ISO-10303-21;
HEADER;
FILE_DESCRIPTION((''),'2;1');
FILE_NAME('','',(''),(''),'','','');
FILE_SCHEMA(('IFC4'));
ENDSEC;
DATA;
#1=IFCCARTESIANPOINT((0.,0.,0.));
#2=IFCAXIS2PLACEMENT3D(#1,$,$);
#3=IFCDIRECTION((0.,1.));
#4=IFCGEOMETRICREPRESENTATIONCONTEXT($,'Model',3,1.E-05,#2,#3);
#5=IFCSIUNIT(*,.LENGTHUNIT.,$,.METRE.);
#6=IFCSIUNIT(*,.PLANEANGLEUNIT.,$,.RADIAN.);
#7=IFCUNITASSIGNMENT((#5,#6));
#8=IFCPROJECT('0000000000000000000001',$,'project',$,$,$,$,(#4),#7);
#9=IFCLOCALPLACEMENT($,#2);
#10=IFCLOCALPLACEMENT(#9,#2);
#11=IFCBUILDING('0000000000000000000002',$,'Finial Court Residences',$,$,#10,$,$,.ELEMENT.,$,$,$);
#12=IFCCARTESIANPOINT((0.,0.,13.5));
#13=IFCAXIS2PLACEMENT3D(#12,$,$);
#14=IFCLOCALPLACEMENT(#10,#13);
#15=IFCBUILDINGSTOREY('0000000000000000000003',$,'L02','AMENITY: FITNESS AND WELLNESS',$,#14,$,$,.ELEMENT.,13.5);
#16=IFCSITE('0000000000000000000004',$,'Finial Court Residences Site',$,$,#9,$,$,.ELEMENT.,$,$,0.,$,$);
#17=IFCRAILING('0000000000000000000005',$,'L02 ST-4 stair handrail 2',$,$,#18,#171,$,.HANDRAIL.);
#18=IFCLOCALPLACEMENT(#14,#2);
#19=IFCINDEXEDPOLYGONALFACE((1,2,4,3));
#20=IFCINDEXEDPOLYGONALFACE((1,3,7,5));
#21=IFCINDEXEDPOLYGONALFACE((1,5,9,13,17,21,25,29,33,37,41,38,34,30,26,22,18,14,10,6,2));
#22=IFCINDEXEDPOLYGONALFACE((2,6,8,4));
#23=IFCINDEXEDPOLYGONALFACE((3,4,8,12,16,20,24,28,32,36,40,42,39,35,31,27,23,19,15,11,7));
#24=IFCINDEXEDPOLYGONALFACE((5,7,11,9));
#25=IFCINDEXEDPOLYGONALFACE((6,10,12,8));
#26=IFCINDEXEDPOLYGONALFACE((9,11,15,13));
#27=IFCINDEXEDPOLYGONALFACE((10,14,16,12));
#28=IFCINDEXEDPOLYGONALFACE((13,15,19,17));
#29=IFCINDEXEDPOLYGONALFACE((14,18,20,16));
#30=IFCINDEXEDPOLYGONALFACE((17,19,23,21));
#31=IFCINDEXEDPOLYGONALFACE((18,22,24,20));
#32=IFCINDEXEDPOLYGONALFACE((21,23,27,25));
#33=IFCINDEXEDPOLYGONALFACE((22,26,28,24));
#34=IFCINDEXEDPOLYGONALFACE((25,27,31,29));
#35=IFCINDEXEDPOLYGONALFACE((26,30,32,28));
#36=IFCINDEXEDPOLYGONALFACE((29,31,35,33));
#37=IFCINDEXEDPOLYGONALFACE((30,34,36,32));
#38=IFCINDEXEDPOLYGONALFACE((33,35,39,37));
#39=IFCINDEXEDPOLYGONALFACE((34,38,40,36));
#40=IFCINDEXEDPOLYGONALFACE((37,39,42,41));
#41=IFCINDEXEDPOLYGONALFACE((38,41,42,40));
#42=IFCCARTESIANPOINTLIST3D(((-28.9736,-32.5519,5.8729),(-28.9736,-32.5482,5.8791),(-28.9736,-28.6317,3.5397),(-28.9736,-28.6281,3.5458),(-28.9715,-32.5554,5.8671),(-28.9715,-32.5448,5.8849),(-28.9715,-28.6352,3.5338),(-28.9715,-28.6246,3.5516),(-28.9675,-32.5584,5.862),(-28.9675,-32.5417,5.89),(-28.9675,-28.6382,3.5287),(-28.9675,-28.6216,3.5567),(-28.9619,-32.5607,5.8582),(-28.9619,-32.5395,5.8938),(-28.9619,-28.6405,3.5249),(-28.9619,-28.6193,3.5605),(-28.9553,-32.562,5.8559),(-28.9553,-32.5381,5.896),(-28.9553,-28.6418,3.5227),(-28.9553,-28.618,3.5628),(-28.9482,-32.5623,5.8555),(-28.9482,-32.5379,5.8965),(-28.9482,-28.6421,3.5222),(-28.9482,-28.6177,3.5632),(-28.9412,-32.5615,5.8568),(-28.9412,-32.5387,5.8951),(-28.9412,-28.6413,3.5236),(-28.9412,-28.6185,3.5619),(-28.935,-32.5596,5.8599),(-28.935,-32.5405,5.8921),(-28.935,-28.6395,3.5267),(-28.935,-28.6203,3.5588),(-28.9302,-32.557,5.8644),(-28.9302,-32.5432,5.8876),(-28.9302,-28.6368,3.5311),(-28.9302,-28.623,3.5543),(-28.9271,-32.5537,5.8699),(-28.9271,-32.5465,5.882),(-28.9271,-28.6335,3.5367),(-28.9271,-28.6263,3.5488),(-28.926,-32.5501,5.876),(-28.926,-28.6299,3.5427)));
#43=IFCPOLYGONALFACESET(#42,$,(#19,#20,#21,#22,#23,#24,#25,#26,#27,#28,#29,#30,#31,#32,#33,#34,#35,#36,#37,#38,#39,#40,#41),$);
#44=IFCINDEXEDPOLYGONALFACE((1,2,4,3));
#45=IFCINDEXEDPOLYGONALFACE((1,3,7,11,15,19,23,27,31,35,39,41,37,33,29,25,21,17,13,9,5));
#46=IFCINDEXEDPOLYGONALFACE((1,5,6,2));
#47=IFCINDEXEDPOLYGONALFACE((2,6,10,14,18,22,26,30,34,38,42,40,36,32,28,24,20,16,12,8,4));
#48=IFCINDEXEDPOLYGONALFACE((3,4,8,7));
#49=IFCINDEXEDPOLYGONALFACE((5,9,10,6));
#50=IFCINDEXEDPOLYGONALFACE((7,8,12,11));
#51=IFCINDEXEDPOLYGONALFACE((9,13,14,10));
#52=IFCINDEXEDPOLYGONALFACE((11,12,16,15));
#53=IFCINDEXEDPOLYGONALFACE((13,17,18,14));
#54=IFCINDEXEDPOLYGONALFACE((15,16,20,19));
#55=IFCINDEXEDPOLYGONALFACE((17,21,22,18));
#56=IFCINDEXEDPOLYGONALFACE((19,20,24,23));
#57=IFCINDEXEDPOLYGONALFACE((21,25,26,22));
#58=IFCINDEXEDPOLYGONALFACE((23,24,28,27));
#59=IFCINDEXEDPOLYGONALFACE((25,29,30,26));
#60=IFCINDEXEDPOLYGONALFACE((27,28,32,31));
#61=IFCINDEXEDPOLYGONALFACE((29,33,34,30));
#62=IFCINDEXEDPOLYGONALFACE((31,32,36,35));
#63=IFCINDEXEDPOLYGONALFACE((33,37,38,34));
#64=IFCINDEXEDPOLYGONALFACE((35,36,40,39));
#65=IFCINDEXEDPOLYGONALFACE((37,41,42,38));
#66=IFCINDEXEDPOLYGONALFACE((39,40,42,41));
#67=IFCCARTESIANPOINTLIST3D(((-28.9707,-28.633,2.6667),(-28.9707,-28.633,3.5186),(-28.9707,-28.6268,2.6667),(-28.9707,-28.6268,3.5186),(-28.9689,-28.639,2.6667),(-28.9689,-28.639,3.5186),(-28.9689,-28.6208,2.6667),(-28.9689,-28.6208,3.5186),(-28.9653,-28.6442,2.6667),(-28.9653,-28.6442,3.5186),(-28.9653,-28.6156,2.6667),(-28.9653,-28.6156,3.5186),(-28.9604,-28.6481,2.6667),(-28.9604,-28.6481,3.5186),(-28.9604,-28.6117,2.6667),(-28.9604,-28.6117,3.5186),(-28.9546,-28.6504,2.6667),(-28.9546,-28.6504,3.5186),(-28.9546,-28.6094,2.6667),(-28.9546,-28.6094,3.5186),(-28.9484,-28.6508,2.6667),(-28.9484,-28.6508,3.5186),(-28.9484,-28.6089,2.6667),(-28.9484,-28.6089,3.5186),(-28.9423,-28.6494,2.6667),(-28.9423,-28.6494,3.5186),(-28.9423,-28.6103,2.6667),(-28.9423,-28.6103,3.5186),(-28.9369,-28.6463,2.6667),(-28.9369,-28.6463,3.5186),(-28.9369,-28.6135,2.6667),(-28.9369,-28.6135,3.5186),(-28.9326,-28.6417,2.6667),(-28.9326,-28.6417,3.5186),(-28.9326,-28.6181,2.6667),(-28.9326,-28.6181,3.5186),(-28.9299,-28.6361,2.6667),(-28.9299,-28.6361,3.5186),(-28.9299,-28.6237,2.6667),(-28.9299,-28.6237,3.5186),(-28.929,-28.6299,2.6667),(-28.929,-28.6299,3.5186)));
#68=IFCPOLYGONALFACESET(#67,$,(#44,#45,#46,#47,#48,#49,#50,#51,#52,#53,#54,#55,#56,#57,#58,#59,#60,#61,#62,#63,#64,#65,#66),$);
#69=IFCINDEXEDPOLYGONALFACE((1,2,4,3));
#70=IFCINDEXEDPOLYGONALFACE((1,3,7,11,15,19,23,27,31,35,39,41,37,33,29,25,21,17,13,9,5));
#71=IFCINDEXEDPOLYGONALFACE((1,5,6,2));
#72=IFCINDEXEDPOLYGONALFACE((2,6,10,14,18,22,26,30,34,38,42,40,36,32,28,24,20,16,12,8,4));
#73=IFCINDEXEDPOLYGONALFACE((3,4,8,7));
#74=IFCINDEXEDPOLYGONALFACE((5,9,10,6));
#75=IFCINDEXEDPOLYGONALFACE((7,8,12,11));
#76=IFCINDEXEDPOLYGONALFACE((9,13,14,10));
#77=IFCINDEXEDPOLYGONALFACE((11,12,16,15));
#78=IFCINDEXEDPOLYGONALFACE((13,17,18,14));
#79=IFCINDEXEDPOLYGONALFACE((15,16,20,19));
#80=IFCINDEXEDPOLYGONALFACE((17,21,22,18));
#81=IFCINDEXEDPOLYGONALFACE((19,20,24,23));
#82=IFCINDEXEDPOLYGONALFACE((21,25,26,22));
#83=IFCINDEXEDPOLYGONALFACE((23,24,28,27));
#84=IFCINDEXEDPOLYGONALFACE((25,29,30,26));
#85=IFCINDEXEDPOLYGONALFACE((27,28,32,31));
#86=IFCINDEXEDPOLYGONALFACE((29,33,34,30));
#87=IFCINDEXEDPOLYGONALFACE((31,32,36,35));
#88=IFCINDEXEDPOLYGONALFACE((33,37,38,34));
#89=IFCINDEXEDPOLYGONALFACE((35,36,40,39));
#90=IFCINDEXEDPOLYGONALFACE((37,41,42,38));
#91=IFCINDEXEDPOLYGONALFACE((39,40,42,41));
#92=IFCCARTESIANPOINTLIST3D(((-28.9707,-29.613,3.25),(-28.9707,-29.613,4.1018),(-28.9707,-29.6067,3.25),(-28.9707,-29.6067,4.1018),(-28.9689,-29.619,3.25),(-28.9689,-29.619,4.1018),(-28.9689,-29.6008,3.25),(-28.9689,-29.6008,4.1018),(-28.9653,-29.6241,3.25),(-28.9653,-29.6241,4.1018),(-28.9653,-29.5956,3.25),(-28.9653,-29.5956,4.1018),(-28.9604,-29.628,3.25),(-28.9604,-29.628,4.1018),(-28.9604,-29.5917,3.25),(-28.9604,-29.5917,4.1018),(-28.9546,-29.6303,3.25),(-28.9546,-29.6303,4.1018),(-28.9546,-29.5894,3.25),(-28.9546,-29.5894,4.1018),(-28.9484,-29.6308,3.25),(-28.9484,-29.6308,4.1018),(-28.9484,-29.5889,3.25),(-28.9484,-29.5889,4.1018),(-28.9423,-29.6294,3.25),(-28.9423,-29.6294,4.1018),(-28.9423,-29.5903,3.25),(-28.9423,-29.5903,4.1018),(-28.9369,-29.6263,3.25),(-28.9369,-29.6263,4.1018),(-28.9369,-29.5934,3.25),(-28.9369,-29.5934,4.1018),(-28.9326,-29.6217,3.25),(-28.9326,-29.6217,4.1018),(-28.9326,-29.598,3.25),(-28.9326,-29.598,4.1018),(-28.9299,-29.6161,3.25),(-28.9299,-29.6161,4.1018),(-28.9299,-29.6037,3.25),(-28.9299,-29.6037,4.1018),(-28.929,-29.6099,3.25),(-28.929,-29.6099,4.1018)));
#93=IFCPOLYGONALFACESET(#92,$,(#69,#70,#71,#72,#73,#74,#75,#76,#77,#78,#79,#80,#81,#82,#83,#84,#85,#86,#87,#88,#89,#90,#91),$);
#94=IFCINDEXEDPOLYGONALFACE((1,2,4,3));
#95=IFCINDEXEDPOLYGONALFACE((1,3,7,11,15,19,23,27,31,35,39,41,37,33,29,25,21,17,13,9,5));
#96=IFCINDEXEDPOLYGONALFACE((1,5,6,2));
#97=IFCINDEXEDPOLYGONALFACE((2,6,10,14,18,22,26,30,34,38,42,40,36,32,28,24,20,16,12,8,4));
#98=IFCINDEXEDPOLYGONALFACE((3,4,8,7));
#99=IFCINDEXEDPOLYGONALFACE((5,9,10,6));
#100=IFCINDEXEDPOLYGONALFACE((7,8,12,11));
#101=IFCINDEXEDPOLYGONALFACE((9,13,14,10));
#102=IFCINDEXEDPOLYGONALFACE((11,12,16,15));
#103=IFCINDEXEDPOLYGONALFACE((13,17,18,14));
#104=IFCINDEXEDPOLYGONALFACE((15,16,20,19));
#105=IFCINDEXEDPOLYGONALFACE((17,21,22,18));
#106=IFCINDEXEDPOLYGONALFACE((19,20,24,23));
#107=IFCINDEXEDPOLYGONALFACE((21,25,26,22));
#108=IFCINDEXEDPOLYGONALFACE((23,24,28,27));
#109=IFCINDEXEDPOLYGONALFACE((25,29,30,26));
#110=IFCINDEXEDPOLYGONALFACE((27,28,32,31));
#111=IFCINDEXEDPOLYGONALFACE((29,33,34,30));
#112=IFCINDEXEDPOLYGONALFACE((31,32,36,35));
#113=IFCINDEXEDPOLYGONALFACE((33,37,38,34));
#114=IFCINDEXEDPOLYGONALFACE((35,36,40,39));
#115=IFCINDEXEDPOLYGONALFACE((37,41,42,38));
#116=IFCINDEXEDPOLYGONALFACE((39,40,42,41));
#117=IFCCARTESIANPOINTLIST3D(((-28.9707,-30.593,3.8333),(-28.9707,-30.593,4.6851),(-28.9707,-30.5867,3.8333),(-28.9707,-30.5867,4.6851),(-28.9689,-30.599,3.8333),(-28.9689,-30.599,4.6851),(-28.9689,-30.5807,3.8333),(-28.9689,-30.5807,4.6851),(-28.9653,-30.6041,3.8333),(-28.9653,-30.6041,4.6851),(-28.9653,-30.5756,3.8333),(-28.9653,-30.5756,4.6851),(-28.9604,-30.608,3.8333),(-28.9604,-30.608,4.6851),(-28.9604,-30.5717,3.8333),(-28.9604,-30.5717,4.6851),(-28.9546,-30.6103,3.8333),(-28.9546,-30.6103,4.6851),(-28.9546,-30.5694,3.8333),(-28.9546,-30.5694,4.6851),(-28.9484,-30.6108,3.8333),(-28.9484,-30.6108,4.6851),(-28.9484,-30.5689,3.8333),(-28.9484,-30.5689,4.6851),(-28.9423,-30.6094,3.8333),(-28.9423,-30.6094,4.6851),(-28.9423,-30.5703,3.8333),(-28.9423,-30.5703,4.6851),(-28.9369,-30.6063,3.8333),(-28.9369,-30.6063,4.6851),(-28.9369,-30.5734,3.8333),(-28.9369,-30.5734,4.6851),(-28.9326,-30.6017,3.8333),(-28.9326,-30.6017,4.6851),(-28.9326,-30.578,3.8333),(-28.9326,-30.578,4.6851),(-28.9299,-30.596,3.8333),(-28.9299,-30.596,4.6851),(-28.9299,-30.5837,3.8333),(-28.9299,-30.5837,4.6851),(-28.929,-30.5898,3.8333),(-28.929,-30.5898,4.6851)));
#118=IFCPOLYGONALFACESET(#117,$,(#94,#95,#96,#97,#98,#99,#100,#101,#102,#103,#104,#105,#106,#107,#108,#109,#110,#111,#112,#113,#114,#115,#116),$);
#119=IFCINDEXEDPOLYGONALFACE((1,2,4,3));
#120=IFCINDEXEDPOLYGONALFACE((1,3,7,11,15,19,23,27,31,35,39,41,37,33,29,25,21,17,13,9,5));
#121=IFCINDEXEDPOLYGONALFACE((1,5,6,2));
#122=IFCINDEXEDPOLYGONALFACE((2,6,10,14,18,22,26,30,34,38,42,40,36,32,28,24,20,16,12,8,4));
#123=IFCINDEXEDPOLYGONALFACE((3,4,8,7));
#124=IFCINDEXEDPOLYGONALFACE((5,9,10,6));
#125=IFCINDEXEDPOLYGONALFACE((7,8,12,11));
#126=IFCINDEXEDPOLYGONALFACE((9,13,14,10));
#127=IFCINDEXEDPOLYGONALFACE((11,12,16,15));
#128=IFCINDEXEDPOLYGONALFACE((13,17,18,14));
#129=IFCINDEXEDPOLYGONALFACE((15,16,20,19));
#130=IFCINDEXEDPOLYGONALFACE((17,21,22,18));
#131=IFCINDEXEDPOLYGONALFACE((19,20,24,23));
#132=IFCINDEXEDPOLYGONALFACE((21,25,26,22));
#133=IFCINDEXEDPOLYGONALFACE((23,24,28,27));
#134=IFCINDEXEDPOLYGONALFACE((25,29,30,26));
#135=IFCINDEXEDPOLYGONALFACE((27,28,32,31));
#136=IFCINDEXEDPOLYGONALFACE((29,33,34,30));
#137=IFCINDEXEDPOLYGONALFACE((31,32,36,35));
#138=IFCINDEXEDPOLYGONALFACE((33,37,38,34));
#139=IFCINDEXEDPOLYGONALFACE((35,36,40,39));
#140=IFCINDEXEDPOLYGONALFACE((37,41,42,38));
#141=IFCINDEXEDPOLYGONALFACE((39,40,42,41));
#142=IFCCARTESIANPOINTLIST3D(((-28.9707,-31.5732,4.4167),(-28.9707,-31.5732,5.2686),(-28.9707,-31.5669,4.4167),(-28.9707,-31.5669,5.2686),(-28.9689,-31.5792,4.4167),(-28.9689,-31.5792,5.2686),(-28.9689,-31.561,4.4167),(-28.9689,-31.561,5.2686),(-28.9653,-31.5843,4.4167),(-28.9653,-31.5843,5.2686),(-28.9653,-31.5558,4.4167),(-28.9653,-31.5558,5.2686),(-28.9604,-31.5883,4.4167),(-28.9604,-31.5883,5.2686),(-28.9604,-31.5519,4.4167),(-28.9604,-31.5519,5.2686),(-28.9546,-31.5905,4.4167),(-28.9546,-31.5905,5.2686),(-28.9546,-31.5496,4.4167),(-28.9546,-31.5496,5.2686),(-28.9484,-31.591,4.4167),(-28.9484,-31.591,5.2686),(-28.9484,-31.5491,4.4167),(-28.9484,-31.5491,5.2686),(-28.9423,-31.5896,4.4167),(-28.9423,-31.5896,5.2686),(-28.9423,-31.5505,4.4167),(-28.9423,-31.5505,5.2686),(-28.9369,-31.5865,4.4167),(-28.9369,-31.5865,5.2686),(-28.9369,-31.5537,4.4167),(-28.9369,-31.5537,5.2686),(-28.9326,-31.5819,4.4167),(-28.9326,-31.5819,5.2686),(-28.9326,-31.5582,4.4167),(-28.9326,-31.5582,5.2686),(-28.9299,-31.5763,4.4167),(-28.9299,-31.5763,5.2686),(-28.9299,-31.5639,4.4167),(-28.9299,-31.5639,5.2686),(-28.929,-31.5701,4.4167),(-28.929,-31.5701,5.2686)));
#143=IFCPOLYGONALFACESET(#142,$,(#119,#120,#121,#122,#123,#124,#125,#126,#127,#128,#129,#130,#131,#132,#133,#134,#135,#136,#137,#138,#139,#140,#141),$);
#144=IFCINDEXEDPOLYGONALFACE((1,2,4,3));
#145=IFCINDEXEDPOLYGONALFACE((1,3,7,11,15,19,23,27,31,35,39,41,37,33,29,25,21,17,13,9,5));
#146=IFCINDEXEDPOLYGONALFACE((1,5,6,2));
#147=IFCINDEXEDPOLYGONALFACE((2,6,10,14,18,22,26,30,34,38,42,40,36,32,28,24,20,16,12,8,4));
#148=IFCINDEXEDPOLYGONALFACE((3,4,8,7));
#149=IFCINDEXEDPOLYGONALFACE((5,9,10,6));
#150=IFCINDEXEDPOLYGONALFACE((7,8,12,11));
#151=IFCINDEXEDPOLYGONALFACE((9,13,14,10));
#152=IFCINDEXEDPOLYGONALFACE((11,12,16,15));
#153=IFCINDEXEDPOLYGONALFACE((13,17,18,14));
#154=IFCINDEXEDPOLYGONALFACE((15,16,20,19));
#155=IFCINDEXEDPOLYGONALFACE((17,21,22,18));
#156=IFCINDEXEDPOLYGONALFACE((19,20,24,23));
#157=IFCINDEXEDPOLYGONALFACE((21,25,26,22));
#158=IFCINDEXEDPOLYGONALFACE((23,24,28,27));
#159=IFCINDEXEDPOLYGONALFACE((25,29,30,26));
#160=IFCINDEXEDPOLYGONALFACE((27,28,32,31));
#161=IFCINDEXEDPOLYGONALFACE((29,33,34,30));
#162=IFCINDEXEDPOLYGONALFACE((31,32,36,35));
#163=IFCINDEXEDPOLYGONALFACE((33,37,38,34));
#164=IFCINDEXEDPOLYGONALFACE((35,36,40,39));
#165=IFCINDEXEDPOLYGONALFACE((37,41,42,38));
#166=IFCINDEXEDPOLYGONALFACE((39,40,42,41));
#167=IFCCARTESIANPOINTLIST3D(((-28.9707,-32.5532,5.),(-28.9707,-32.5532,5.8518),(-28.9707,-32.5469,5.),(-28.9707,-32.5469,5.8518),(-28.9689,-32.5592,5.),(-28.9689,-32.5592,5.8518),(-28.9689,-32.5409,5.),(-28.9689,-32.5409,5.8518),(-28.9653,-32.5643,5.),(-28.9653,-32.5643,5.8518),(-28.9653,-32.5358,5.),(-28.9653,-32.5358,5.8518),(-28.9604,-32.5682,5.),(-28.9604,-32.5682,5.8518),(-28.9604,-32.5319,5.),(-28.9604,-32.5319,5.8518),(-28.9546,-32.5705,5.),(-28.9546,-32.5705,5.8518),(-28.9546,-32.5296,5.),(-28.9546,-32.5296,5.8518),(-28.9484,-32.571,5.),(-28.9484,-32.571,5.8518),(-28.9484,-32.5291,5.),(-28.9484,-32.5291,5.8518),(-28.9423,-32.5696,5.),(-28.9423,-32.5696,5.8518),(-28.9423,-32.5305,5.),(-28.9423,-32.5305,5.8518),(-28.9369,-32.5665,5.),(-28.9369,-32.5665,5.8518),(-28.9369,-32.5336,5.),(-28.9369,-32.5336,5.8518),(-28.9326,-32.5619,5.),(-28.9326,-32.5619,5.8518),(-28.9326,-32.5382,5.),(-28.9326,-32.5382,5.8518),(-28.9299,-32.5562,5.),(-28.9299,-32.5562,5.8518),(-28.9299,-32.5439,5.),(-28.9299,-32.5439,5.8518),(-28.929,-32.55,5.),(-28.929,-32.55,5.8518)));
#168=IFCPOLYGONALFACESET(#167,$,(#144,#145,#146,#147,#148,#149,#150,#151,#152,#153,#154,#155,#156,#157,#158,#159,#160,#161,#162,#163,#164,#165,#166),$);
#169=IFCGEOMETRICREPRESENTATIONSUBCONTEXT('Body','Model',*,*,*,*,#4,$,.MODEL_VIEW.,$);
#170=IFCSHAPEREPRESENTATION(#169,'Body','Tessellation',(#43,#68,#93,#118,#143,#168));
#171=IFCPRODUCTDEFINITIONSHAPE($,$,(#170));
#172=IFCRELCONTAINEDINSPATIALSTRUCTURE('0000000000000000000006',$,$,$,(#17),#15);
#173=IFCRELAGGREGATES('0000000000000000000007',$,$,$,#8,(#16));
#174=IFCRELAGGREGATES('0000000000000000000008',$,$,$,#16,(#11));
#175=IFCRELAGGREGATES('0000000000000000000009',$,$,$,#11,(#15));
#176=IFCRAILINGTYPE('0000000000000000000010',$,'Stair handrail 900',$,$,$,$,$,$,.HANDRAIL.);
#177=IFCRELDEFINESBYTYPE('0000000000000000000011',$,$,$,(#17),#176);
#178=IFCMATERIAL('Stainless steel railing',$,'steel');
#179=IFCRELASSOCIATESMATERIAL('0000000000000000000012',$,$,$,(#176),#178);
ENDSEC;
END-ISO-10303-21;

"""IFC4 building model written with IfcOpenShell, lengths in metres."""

from ifc_helpers import new_model, si_unit, direction, frame, origin, origin_2d, place, context, subcontext, project, spatial, circle, extrude, material, type_object, element, save


model = new_model("IFC4")

# Units and contexts
model_context = context("Model", 3, precision=1e-05, world=origin(), true_north=direction((0.0, 1.0)))
body_context = subcontext(model_context, "Body", "Model", "MODEL_VIEW")
ifc_project = project(units=[si_unit("LENGTHUNIT", "METRE"), si_unit("PLANEANGLEUNIT", "RADIAN")], contexts=[model_context])

# Site, building, storey
site_placement = place(None, origin())
site = spatial("IfcSite", under=ifc_project, at=site_placement, Name="Finial Court Residences Site", CompositionType="ELEMENT", RefElevation=0.0)
building_placement = place(site_placement, origin())
building = spatial("IfcBuilding", under=site, at=building_placement, Name="Finial Court Residences", CompositionType="ELEMENT")
storey_placement = place(building_placement, frame((0.0, 0.0, 13.5)))
storey = spatial("IfcBuildingStorey", under=building, at=storey_placement, Name="L02", Description="AMENITY: FITNESS AND WELLNESS", CompositionType="ELEMENT", Elevation=13.5)

# Railing
ifc_material_1 = material(Name="Stainless steel railing", Category="steel")
railing_type = type_object("IfcRailingType", Name="Stair handrail 900", PredefinedType="HANDRAIL", material=ifc_material_1)
railing_placement = place(storey_placement, frame((-28.95, -28.6299, 2.6667)))
element("IfcRailing", 1, at=railing_placement, inside=storey, type_object=railing_type, Name="L02 ST-4 stair handrail 2", PredefinedType="HANDRAIL", context=body_context, shape_type="SweptSolid", body=[
    extrude(circle(Radius=0.0239, at=origin_2d()), frame((0.0, 0.0, 0.876), z_axis=(0.0, -0.85931, 0.511455), x_axis=(1.0, 0.0, 0.0)), (0.0, 0.0, 1.0), 4.562),
    extrude(circle(Radius=0.021, at=origin_2d()), origin(), (0.0, 0.0, 1.0), 0.8518),
    extrude(circle(Radius=0.021, at=origin_2d()), frame((0.0, -0.98, 0.5833)), (0.0, 0.0, 1.0), 0.8518),
    extrude(circle(Radius=0.021, at=origin_2d()), frame((0.0, -1.96, 1.1665)), (0.0, 0.0, 1.0), 0.8518),
    extrude(circle(Radius=0.021, at=origin_2d()), frame((0.0, -2.9402, 1.75)), (0.0, 0.0, 1.0), 0.8518),
    extrude(circle(Radius=0.021, at=origin_2d()), frame((0.0, -3.9202, 2.3333)), (0.0, 0.0, 1.0), 0.8518),
])

save(model, "model.ifc")
